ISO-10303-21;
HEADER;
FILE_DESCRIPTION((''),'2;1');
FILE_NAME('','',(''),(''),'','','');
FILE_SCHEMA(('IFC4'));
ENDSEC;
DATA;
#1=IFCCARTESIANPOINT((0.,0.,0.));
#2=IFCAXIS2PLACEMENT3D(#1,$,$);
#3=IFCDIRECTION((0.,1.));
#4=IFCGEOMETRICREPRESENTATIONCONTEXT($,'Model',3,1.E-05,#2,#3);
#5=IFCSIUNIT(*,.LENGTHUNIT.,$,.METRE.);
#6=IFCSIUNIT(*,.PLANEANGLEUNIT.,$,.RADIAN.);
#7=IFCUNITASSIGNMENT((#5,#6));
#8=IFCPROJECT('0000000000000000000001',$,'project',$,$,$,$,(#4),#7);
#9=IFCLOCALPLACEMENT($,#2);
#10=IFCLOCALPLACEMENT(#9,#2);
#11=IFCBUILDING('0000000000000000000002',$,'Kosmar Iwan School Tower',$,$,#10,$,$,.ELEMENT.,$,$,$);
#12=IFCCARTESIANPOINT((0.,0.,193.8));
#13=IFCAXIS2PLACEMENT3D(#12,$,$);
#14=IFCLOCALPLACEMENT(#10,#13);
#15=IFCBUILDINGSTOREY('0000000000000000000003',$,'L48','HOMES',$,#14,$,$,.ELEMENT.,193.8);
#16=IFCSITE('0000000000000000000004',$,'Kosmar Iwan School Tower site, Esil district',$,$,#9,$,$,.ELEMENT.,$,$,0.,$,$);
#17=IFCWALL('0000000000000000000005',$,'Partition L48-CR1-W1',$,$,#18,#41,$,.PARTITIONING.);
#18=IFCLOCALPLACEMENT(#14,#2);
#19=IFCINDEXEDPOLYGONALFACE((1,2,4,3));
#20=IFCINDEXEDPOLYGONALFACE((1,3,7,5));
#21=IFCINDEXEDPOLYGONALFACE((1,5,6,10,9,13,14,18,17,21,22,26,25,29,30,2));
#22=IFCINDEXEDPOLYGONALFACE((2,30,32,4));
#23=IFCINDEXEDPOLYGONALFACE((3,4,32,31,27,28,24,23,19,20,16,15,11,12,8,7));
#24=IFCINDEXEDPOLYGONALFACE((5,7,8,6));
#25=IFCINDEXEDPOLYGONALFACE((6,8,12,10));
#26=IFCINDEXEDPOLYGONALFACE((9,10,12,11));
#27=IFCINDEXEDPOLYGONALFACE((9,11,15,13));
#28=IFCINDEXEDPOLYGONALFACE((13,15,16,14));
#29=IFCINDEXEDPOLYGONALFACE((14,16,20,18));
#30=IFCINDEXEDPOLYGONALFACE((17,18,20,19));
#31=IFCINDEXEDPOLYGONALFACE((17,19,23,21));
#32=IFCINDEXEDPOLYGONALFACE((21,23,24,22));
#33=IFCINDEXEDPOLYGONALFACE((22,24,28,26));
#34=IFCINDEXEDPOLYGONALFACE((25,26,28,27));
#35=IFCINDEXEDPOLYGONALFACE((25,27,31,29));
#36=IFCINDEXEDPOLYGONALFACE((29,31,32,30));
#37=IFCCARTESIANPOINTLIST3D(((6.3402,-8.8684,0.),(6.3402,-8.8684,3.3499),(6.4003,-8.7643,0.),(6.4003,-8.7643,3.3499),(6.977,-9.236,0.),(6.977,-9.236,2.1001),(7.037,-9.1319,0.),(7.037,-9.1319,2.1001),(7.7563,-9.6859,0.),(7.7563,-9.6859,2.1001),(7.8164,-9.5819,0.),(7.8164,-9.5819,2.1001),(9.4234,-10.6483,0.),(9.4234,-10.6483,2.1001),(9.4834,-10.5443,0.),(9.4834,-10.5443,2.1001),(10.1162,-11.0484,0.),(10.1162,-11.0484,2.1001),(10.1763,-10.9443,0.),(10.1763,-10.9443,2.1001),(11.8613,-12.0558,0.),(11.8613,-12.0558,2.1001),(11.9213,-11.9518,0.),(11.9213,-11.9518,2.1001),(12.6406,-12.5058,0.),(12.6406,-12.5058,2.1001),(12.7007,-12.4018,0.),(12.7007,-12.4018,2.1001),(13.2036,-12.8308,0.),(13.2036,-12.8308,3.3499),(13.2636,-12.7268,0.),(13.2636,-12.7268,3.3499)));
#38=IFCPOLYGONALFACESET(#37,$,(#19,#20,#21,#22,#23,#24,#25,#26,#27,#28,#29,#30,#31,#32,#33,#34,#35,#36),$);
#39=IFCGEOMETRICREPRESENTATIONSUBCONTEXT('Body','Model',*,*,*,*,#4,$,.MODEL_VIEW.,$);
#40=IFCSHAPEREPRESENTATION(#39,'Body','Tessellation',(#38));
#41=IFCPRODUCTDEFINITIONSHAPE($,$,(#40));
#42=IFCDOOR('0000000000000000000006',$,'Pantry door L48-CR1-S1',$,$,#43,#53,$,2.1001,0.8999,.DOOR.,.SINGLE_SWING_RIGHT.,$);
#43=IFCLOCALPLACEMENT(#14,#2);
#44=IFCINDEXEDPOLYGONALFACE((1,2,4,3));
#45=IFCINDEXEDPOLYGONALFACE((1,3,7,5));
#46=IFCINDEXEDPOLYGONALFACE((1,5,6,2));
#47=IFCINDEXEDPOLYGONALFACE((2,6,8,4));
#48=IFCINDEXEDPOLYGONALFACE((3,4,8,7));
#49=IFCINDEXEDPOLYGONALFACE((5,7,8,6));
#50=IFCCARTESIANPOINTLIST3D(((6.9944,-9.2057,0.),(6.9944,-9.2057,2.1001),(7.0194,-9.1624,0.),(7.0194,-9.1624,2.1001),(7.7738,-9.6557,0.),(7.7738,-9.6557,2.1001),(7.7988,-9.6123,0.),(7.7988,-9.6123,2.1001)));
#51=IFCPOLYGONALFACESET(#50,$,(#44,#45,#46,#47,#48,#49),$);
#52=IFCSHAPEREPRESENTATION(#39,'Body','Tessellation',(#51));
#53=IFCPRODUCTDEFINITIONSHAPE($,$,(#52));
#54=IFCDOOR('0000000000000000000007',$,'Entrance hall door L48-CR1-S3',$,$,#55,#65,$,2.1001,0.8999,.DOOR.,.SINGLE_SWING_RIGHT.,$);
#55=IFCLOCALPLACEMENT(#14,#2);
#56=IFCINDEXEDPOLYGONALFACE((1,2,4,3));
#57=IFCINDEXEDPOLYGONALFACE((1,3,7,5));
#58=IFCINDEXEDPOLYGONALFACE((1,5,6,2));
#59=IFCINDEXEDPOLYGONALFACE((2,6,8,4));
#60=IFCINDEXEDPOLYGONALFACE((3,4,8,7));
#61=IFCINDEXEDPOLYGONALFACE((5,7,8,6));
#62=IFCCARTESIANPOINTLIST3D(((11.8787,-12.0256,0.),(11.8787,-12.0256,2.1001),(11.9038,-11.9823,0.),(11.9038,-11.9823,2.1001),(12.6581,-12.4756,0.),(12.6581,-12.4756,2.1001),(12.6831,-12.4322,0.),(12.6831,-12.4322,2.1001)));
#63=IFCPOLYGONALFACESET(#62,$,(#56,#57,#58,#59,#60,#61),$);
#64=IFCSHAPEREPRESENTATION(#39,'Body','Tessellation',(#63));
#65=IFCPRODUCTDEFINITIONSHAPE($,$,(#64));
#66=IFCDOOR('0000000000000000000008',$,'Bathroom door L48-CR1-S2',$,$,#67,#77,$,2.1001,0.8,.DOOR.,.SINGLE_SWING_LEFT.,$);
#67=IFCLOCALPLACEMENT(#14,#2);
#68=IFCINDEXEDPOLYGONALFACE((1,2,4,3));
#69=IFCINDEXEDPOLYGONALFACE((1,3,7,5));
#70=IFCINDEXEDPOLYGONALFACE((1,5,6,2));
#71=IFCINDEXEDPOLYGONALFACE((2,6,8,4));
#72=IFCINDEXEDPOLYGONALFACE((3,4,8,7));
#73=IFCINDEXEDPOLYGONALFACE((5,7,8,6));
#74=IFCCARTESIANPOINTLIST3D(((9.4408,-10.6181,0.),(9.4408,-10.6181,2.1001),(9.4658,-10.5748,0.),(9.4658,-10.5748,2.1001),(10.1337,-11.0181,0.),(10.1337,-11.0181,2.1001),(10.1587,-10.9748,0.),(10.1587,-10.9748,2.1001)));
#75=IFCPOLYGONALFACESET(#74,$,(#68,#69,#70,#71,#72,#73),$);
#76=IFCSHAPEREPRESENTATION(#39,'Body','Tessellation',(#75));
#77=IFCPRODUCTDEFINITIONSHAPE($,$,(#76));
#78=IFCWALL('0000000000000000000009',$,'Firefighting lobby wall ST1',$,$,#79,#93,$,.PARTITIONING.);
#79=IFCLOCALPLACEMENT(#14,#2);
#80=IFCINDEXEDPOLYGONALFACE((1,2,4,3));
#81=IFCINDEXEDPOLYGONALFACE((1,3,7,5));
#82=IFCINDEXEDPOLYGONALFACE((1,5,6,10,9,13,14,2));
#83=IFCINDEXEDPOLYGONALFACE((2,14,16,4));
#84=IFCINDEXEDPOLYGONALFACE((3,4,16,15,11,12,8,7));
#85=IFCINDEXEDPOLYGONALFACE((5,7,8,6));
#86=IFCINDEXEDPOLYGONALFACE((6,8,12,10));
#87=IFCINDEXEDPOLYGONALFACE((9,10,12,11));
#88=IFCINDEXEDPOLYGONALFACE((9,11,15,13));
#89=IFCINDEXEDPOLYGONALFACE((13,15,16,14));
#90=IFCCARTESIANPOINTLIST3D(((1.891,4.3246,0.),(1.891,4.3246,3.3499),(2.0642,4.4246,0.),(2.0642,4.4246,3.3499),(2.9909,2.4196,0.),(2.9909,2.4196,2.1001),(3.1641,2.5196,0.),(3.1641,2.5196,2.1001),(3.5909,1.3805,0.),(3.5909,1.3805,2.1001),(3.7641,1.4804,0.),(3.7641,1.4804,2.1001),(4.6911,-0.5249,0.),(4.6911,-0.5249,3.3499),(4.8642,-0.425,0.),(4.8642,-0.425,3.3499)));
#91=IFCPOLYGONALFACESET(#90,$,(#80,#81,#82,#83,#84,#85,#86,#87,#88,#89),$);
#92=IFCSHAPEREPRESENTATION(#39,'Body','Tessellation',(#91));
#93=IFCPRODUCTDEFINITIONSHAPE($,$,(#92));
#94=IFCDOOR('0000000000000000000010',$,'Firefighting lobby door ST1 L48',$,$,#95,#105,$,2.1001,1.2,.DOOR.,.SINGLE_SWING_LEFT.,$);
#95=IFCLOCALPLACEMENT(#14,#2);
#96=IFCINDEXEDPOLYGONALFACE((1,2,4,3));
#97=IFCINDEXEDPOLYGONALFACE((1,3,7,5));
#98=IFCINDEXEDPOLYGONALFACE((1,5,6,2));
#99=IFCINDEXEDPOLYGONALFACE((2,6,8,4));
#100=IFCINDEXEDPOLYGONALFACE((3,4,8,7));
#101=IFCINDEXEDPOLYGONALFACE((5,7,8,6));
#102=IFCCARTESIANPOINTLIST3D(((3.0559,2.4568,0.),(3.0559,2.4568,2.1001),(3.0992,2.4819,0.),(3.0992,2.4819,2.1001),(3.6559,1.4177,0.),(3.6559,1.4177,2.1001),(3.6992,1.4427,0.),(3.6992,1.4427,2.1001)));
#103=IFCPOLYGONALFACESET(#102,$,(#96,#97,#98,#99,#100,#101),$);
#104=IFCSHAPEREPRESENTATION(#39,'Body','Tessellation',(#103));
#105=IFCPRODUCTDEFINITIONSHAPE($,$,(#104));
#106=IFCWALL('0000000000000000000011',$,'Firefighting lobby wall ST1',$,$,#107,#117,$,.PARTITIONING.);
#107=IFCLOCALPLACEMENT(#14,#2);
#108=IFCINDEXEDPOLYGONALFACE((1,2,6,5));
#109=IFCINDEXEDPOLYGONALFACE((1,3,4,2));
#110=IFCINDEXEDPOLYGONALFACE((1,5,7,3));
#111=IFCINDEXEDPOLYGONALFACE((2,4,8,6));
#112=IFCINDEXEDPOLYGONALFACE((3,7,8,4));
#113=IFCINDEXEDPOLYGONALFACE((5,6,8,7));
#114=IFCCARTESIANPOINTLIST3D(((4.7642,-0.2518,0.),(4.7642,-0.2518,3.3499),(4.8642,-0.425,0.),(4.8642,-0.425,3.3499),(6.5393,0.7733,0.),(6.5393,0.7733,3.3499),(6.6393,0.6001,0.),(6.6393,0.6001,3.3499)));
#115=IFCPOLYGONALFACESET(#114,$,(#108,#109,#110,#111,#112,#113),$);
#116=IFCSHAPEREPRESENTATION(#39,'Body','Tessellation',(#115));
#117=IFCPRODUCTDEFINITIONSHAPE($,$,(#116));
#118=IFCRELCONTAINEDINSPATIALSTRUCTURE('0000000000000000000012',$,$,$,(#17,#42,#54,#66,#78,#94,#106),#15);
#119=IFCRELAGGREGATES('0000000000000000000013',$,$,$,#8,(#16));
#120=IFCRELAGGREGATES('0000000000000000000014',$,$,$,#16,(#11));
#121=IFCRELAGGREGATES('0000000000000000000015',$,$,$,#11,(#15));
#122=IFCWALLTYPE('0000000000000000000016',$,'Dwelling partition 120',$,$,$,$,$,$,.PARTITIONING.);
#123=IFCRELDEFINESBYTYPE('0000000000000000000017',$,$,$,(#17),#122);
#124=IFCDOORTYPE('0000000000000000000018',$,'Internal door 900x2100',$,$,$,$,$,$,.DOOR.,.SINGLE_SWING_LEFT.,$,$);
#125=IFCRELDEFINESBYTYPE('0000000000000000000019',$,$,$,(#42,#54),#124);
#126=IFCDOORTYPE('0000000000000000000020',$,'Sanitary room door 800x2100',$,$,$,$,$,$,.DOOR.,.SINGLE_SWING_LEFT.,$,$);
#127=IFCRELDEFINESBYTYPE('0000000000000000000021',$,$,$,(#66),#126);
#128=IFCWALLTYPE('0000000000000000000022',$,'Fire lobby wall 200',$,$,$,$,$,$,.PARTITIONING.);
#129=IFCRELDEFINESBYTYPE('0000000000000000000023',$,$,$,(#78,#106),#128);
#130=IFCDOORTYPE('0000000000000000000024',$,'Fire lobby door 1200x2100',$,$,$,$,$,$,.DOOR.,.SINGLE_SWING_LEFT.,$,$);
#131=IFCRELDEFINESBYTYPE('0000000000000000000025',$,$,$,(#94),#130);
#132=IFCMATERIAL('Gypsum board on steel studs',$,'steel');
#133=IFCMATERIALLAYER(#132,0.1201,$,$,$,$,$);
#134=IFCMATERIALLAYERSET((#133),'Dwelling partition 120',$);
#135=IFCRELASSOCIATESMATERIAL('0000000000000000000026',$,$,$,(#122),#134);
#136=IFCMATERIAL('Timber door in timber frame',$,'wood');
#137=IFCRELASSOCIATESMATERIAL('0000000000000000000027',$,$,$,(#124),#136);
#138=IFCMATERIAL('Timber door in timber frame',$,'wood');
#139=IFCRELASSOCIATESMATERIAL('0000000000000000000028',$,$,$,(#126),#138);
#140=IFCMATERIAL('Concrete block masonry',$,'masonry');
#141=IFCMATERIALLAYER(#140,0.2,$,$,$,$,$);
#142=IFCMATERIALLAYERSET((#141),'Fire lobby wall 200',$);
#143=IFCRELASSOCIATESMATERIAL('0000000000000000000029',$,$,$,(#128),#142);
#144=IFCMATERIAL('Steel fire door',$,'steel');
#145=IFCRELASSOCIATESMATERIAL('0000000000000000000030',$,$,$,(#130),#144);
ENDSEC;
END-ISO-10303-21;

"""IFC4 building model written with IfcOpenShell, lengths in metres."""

from ifc_helpers import new_model, si_unit, direction, frame, frame_2d, origin, place, context, subcontext, project, spatial, rectangle, extrude, material, layer, layer_set, type_object, element, fill, save


model = new_model("IFC4")

# Units and contexts
model_context = context("Model", 3, precision=1e-05, world=origin(), true_north=direction((0.0, 1.0)))
body_context = subcontext(model_context, "Body", "Model", "MODEL_VIEW")
ifc_project = project(units=[si_unit("LENGTHUNIT", "METRE"), si_unit("PLANEANGLEUNIT", "RADIAN")], contexts=[model_context])

# Site, building, storey
site_placement = place(None, origin())
site = spatial("IfcSite", under=ifc_project, at=site_placement, Name="Kosmar Iwan School Tower site, Esil district", CompositionType="ELEMENT", RefElevation=0.0)
building_placement = place(site_placement, origin())
building = spatial("IfcBuilding", under=site, at=building_placement, Name="Kosmar Iwan School Tower", CompositionType="ELEMENT")
storey_placement = place(building_placement, frame((0.0, 0.0, 193.8)))
storey = spatial("IfcBuildingStorey", under=building, at=storey_placement, Name="L48", Description="HOMES", CompositionType="ELEMENT", Elevation=193.8)

# Wall, openings, doors
ifc_material_1 = material(Name="Gypsum board on steel studs", Category="steel")
ifc_layer_1 = layer(ifc_material_1, 0.1201)
ifc_layer_set_1 = layer_set([ifc_layer_1], Name="Dwelling partition 120")
wall_type_1 = type_object("IfcWallType", Name="Dwelling partition 120", PredefinedType="PARTITIONING", material=ifc_layer_set_1)
wall_1_placement = place(storey_placement, frame((6.3704, -8.8164, 0.0), z_axis=(0.0, 0.0, 1.0), x_axis=(0.866032, -0.499989, 0.0)))
wall_1 = element("IfcWall", 1, at=wall_1_placement, inside=storey, type_object=wall_type_1, Name="Partition L48-CR1-W1", PredefinedType="PARTITIONING", context=body_context, shape_type="SweptSolid", body=[
    extrude(rectangle(XDim=7.925, YDim=0.1201, at=frame_2d((3.9624, 0.0))), origin(), (0.0, 0.0, 1.0), 3.3499),
])
opening_1_placement = place(wall_1_placement, frame((0.7351, 0.0, 0.0)))
opening_1 = element("IfcOpeningElement", 2, at=opening_1_placement, cuts=wall_1, PredefinedType="OPENING", context=body_context, shape_type="SweptSolid", body=[
    extrude(rectangle(XDim=0.8999, YDim=2.1001, at=frame_2d((0.45, 1.05))), frame((0.0, 0.072, 0.0), z_axis=(0.0, -1.0, 0.0), x_axis=(1.0, 0.0, 0.0)), (0.0, 0.0, 1.0), 0.144),
])
opening_2_placement = place(wall_1_placement, frame((3.5601, 0.0, 0.0)))
opening_2 = element("IfcOpeningElement", 3, at=opening_2_placement, cuts=wall_1, PredefinedType="OPENING", context=body_context, shape_type="SweptSolid", body=[
    extrude(rectangle(XDim=0.8, YDim=2.1001, at=frame_2d((0.3999, 1.05))), frame((0.0, 0.072, 0.0), z_axis=(0.0, -1.0, 0.0), x_axis=(1.0, 0.0, 0.0)), (0.0, 0.0, 1.0), 0.144),
])
opening_3_placement = place(wall_1_placement, frame((6.375, 0.0, 0.0)))
opening_3 = element("IfcOpeningElement", 4, at=opening_3_placement, cuts=wall_1, PredefinedType="OPENING", context=body_context, shape_type="SweptSolid", body=[
    extrude(rectangle(XDim=0.8999, YDim=2.1001, at=frame_2d((0.45, 1.05))), frame((0.0, 0.072, 0.0), z_axis=(0.0, -1.0, 0.0), x_axis=(1.0, 0.0, 0.0)), (0.0, 0.0, 1.0), 0.144),
])
ifc_material_2 = material(Name="Timber door in timber frame", Category="wood")
door_type_1 = type_object("IfcDoorType", Name="Internal door 900x2100", OperationType="SINGLE_SWING_LEFT", PredefinedType="DOOR", material=ifc_material_2)
door_1_placement = place(opening_1_placement, origin())
door_1 = element("IfcDoor", 5, at=door_1_placement, inside=storey, type_object=door_type_1, Name="Pantry door L48-CR1-S1", OperationType="SINGLE_SWING_RIGHT", OverallHeight=2.1001, OverallWidth=0.8999, PredefinedType="DOOR", context=body_context, shape_type="SweptSolid", body=[
    extrude(rectangle(XDim=0.8999, YDim=2.1001, at=frame_2d((0.45, 1.05))), frame((0.0, 0.0249, 0.0), z_axis=(0.0, -1.0, 0.0), x_axis=(1.0, 0.0, 0.0)), (0.0, 0.0, 1.0), 0.05),
])
fill(opening_1, door_1)
door_2_placement = place(opening_3_placement, origin())
door_2 = element("IfcDoor", 6, at=door_2_placement, inside=storey, type_object=door_type_1, Name="Entrance hall door L48-CR1-S3", OperationType="SINGLE_SWING_RIGHT", OverallHeight=2.1001, OverallWidth=0.8999, PredefinedType="DOOR", context=body_context, shape_type="SweptSolid", body=[
    extrude(rectangle(XDim=0.8999, YDim=2.1001, at=frame_2d((0.45, 1.05))), frame((0.0, 0.0249, 0.0), z_axis=(0.0, -1.0, 0.0), x_axis=(1.0, 0.0, 0.0)), (0.0, 0.0, 1.0), 0.05),
])
fill(opening_3, door_2)
ifc_material_3 = material(Name="Timber door in timber frame", Category="wood")
door_type_2 = type_object("IfcDoorType", Name="Sanitary room door 800x2100", OperationType="SINGLE_SWING_LEFT", PredefinedType="DOOR", material=ifc_material_3)
door_3_placement = place(opening_2_placement, origin())
door_3 = element("IfcDoor", 7, at=door_3_placement, inside=storey, type_object=door_type_2, Name="Bathroom door L48-CR1-S2", OperationType="SINGLE_SWING_LEFT", OverallHeight=2.1001, OverallWidth=0.8, PredefinedType="DOOR", context=body_context, shape_type="SweptSolid", body=[
    extrude(rectangle(XDim=0.8, YDim=2.1001, at=frame_2d((0.3999, 1.05))), frame((0.0, 0.0249, 0.0), z_axis=(0.0, -1.0, 0.0), x_axis=(1.0, 0.0, 0.0)), (0.0, 0.0, 1.0), 0.05),
])
fill(opening_2, door_3)

# Wall, opening, door
ifc_material_4 = material(Name="Concrete block masonry", Category="masonry")
ifc_layer_2 = layer(ifc_material_4, 0.2)
ifc_layer_set_2 = layer_set([ifc_layer_2], Name="Fire lobby wall 200")
wall_type_2 = type_object("IfcWallType", Name="Fire lobby wall 200", PredefinedType="PARTITIONING", material=ifc_layer_set_2)
wall_2_placement = place(storey_placement, frame((4.7776, -0.4749, 0.0), z_axis=(0.0, 0.0, 1.0), x_axis=(-0.500017, 0.866016, 0.0)))
wall_2 = element("IfcWall", 8, at=wall_2_placement, inside=storey, type_object=wall_type_2, Name="Firefighting lobby wall ST1", PredefinedType="PARTITIONING", context=body_context, shape_type="SweptSolid", body=[
    extrude(rectangle(XDim=5.5999, YDim=0.2, at=frame_2d((2.7998, 0.0))), origin(), (0.0, 0.0, 1.0), 3.3499),
])
opening_4_placement = place(wall_2_placement, frame((2.2, 0.0, 0.0)))
opening_4 = element("IfcOpeningElement", 9, at=opening_4_placement, cuts=wall_2, PredefinedType="OPENING", context=body_context, shape_type="SweptSolid", body=[
    extrude(rectangle(XDim=1.2, YDim=2.1001, at=frame_2d((0.6001, 1.05))), frame((0.0, 0.1121, 0.0), z_axis=(0.0, -1.0, 0.0), x_axis=(1.0, 0.0, 0.0)), (0.0, 0.0, 1.0), 0.2239),
])
ifc_material_5 = material(Name="Steel fire door", Category="steel")
door_type_3 = type_object("IfcDoorType", Name="Fire lobby door 1200x2100", OperationType="SINGLE_SWING_LEFT", PredefinedType="DOOR", material=ifc_material_5)
door_4_placement = place(opening_4_placement, frame((1.2, 0.0, 0.0), z_axis=(0.0, 0.0, 1.0), x_axis=(-1.0, 0.0, 0.0)))
door_4 = element("IfcDoor", 10, at=door_4_placement, inside=storey, type_object=door_type_3, Name="Firefighting lobby door ST1 L48", OperationType="SINGLE_SWING_LEFT", OverallHeight=2.1001, OverallWidth=1.2, PredefinedType="DOOR", context=body_context, shape_type="SweptSolid", body=[
    extrude(rectangle(XDim=1.2, YDim=2.1001, at=frame_2d((0.6001, 1.05))), frame((0.0, 0.0249, 0.0), z_axis=(0.0, -1.0, 0.0), x_axis=(1.0, 0.0, 0.0)), (0.0, 0.0, 1.0), 0.05),
])
fill(opening_4, door_4)

# Wall
wall_3_placement = place(storey_placement, frame((4.8142, -0.3384, 0.0), z_axis=(0.0, 0.0, 1.0), x_axis=(0.865969, 0.500097, 0.0)))
element("IfcWall", 11, at=wall_3_placement, inside=storey, type_object=wall_type_2, Name="Firefighting lobby wall ST1", PredefinedType="PARTITIONING", context=body_context, shape_type="SweptSolid", body=[
    extrude(rectangle(XDim=2.0498, YDim=0.2, at=frame_2d((1.0249, 0.0))), origin(), (0.0, 0.0, 1.0), 3.3499),
])

save(model, "model.ifc")
